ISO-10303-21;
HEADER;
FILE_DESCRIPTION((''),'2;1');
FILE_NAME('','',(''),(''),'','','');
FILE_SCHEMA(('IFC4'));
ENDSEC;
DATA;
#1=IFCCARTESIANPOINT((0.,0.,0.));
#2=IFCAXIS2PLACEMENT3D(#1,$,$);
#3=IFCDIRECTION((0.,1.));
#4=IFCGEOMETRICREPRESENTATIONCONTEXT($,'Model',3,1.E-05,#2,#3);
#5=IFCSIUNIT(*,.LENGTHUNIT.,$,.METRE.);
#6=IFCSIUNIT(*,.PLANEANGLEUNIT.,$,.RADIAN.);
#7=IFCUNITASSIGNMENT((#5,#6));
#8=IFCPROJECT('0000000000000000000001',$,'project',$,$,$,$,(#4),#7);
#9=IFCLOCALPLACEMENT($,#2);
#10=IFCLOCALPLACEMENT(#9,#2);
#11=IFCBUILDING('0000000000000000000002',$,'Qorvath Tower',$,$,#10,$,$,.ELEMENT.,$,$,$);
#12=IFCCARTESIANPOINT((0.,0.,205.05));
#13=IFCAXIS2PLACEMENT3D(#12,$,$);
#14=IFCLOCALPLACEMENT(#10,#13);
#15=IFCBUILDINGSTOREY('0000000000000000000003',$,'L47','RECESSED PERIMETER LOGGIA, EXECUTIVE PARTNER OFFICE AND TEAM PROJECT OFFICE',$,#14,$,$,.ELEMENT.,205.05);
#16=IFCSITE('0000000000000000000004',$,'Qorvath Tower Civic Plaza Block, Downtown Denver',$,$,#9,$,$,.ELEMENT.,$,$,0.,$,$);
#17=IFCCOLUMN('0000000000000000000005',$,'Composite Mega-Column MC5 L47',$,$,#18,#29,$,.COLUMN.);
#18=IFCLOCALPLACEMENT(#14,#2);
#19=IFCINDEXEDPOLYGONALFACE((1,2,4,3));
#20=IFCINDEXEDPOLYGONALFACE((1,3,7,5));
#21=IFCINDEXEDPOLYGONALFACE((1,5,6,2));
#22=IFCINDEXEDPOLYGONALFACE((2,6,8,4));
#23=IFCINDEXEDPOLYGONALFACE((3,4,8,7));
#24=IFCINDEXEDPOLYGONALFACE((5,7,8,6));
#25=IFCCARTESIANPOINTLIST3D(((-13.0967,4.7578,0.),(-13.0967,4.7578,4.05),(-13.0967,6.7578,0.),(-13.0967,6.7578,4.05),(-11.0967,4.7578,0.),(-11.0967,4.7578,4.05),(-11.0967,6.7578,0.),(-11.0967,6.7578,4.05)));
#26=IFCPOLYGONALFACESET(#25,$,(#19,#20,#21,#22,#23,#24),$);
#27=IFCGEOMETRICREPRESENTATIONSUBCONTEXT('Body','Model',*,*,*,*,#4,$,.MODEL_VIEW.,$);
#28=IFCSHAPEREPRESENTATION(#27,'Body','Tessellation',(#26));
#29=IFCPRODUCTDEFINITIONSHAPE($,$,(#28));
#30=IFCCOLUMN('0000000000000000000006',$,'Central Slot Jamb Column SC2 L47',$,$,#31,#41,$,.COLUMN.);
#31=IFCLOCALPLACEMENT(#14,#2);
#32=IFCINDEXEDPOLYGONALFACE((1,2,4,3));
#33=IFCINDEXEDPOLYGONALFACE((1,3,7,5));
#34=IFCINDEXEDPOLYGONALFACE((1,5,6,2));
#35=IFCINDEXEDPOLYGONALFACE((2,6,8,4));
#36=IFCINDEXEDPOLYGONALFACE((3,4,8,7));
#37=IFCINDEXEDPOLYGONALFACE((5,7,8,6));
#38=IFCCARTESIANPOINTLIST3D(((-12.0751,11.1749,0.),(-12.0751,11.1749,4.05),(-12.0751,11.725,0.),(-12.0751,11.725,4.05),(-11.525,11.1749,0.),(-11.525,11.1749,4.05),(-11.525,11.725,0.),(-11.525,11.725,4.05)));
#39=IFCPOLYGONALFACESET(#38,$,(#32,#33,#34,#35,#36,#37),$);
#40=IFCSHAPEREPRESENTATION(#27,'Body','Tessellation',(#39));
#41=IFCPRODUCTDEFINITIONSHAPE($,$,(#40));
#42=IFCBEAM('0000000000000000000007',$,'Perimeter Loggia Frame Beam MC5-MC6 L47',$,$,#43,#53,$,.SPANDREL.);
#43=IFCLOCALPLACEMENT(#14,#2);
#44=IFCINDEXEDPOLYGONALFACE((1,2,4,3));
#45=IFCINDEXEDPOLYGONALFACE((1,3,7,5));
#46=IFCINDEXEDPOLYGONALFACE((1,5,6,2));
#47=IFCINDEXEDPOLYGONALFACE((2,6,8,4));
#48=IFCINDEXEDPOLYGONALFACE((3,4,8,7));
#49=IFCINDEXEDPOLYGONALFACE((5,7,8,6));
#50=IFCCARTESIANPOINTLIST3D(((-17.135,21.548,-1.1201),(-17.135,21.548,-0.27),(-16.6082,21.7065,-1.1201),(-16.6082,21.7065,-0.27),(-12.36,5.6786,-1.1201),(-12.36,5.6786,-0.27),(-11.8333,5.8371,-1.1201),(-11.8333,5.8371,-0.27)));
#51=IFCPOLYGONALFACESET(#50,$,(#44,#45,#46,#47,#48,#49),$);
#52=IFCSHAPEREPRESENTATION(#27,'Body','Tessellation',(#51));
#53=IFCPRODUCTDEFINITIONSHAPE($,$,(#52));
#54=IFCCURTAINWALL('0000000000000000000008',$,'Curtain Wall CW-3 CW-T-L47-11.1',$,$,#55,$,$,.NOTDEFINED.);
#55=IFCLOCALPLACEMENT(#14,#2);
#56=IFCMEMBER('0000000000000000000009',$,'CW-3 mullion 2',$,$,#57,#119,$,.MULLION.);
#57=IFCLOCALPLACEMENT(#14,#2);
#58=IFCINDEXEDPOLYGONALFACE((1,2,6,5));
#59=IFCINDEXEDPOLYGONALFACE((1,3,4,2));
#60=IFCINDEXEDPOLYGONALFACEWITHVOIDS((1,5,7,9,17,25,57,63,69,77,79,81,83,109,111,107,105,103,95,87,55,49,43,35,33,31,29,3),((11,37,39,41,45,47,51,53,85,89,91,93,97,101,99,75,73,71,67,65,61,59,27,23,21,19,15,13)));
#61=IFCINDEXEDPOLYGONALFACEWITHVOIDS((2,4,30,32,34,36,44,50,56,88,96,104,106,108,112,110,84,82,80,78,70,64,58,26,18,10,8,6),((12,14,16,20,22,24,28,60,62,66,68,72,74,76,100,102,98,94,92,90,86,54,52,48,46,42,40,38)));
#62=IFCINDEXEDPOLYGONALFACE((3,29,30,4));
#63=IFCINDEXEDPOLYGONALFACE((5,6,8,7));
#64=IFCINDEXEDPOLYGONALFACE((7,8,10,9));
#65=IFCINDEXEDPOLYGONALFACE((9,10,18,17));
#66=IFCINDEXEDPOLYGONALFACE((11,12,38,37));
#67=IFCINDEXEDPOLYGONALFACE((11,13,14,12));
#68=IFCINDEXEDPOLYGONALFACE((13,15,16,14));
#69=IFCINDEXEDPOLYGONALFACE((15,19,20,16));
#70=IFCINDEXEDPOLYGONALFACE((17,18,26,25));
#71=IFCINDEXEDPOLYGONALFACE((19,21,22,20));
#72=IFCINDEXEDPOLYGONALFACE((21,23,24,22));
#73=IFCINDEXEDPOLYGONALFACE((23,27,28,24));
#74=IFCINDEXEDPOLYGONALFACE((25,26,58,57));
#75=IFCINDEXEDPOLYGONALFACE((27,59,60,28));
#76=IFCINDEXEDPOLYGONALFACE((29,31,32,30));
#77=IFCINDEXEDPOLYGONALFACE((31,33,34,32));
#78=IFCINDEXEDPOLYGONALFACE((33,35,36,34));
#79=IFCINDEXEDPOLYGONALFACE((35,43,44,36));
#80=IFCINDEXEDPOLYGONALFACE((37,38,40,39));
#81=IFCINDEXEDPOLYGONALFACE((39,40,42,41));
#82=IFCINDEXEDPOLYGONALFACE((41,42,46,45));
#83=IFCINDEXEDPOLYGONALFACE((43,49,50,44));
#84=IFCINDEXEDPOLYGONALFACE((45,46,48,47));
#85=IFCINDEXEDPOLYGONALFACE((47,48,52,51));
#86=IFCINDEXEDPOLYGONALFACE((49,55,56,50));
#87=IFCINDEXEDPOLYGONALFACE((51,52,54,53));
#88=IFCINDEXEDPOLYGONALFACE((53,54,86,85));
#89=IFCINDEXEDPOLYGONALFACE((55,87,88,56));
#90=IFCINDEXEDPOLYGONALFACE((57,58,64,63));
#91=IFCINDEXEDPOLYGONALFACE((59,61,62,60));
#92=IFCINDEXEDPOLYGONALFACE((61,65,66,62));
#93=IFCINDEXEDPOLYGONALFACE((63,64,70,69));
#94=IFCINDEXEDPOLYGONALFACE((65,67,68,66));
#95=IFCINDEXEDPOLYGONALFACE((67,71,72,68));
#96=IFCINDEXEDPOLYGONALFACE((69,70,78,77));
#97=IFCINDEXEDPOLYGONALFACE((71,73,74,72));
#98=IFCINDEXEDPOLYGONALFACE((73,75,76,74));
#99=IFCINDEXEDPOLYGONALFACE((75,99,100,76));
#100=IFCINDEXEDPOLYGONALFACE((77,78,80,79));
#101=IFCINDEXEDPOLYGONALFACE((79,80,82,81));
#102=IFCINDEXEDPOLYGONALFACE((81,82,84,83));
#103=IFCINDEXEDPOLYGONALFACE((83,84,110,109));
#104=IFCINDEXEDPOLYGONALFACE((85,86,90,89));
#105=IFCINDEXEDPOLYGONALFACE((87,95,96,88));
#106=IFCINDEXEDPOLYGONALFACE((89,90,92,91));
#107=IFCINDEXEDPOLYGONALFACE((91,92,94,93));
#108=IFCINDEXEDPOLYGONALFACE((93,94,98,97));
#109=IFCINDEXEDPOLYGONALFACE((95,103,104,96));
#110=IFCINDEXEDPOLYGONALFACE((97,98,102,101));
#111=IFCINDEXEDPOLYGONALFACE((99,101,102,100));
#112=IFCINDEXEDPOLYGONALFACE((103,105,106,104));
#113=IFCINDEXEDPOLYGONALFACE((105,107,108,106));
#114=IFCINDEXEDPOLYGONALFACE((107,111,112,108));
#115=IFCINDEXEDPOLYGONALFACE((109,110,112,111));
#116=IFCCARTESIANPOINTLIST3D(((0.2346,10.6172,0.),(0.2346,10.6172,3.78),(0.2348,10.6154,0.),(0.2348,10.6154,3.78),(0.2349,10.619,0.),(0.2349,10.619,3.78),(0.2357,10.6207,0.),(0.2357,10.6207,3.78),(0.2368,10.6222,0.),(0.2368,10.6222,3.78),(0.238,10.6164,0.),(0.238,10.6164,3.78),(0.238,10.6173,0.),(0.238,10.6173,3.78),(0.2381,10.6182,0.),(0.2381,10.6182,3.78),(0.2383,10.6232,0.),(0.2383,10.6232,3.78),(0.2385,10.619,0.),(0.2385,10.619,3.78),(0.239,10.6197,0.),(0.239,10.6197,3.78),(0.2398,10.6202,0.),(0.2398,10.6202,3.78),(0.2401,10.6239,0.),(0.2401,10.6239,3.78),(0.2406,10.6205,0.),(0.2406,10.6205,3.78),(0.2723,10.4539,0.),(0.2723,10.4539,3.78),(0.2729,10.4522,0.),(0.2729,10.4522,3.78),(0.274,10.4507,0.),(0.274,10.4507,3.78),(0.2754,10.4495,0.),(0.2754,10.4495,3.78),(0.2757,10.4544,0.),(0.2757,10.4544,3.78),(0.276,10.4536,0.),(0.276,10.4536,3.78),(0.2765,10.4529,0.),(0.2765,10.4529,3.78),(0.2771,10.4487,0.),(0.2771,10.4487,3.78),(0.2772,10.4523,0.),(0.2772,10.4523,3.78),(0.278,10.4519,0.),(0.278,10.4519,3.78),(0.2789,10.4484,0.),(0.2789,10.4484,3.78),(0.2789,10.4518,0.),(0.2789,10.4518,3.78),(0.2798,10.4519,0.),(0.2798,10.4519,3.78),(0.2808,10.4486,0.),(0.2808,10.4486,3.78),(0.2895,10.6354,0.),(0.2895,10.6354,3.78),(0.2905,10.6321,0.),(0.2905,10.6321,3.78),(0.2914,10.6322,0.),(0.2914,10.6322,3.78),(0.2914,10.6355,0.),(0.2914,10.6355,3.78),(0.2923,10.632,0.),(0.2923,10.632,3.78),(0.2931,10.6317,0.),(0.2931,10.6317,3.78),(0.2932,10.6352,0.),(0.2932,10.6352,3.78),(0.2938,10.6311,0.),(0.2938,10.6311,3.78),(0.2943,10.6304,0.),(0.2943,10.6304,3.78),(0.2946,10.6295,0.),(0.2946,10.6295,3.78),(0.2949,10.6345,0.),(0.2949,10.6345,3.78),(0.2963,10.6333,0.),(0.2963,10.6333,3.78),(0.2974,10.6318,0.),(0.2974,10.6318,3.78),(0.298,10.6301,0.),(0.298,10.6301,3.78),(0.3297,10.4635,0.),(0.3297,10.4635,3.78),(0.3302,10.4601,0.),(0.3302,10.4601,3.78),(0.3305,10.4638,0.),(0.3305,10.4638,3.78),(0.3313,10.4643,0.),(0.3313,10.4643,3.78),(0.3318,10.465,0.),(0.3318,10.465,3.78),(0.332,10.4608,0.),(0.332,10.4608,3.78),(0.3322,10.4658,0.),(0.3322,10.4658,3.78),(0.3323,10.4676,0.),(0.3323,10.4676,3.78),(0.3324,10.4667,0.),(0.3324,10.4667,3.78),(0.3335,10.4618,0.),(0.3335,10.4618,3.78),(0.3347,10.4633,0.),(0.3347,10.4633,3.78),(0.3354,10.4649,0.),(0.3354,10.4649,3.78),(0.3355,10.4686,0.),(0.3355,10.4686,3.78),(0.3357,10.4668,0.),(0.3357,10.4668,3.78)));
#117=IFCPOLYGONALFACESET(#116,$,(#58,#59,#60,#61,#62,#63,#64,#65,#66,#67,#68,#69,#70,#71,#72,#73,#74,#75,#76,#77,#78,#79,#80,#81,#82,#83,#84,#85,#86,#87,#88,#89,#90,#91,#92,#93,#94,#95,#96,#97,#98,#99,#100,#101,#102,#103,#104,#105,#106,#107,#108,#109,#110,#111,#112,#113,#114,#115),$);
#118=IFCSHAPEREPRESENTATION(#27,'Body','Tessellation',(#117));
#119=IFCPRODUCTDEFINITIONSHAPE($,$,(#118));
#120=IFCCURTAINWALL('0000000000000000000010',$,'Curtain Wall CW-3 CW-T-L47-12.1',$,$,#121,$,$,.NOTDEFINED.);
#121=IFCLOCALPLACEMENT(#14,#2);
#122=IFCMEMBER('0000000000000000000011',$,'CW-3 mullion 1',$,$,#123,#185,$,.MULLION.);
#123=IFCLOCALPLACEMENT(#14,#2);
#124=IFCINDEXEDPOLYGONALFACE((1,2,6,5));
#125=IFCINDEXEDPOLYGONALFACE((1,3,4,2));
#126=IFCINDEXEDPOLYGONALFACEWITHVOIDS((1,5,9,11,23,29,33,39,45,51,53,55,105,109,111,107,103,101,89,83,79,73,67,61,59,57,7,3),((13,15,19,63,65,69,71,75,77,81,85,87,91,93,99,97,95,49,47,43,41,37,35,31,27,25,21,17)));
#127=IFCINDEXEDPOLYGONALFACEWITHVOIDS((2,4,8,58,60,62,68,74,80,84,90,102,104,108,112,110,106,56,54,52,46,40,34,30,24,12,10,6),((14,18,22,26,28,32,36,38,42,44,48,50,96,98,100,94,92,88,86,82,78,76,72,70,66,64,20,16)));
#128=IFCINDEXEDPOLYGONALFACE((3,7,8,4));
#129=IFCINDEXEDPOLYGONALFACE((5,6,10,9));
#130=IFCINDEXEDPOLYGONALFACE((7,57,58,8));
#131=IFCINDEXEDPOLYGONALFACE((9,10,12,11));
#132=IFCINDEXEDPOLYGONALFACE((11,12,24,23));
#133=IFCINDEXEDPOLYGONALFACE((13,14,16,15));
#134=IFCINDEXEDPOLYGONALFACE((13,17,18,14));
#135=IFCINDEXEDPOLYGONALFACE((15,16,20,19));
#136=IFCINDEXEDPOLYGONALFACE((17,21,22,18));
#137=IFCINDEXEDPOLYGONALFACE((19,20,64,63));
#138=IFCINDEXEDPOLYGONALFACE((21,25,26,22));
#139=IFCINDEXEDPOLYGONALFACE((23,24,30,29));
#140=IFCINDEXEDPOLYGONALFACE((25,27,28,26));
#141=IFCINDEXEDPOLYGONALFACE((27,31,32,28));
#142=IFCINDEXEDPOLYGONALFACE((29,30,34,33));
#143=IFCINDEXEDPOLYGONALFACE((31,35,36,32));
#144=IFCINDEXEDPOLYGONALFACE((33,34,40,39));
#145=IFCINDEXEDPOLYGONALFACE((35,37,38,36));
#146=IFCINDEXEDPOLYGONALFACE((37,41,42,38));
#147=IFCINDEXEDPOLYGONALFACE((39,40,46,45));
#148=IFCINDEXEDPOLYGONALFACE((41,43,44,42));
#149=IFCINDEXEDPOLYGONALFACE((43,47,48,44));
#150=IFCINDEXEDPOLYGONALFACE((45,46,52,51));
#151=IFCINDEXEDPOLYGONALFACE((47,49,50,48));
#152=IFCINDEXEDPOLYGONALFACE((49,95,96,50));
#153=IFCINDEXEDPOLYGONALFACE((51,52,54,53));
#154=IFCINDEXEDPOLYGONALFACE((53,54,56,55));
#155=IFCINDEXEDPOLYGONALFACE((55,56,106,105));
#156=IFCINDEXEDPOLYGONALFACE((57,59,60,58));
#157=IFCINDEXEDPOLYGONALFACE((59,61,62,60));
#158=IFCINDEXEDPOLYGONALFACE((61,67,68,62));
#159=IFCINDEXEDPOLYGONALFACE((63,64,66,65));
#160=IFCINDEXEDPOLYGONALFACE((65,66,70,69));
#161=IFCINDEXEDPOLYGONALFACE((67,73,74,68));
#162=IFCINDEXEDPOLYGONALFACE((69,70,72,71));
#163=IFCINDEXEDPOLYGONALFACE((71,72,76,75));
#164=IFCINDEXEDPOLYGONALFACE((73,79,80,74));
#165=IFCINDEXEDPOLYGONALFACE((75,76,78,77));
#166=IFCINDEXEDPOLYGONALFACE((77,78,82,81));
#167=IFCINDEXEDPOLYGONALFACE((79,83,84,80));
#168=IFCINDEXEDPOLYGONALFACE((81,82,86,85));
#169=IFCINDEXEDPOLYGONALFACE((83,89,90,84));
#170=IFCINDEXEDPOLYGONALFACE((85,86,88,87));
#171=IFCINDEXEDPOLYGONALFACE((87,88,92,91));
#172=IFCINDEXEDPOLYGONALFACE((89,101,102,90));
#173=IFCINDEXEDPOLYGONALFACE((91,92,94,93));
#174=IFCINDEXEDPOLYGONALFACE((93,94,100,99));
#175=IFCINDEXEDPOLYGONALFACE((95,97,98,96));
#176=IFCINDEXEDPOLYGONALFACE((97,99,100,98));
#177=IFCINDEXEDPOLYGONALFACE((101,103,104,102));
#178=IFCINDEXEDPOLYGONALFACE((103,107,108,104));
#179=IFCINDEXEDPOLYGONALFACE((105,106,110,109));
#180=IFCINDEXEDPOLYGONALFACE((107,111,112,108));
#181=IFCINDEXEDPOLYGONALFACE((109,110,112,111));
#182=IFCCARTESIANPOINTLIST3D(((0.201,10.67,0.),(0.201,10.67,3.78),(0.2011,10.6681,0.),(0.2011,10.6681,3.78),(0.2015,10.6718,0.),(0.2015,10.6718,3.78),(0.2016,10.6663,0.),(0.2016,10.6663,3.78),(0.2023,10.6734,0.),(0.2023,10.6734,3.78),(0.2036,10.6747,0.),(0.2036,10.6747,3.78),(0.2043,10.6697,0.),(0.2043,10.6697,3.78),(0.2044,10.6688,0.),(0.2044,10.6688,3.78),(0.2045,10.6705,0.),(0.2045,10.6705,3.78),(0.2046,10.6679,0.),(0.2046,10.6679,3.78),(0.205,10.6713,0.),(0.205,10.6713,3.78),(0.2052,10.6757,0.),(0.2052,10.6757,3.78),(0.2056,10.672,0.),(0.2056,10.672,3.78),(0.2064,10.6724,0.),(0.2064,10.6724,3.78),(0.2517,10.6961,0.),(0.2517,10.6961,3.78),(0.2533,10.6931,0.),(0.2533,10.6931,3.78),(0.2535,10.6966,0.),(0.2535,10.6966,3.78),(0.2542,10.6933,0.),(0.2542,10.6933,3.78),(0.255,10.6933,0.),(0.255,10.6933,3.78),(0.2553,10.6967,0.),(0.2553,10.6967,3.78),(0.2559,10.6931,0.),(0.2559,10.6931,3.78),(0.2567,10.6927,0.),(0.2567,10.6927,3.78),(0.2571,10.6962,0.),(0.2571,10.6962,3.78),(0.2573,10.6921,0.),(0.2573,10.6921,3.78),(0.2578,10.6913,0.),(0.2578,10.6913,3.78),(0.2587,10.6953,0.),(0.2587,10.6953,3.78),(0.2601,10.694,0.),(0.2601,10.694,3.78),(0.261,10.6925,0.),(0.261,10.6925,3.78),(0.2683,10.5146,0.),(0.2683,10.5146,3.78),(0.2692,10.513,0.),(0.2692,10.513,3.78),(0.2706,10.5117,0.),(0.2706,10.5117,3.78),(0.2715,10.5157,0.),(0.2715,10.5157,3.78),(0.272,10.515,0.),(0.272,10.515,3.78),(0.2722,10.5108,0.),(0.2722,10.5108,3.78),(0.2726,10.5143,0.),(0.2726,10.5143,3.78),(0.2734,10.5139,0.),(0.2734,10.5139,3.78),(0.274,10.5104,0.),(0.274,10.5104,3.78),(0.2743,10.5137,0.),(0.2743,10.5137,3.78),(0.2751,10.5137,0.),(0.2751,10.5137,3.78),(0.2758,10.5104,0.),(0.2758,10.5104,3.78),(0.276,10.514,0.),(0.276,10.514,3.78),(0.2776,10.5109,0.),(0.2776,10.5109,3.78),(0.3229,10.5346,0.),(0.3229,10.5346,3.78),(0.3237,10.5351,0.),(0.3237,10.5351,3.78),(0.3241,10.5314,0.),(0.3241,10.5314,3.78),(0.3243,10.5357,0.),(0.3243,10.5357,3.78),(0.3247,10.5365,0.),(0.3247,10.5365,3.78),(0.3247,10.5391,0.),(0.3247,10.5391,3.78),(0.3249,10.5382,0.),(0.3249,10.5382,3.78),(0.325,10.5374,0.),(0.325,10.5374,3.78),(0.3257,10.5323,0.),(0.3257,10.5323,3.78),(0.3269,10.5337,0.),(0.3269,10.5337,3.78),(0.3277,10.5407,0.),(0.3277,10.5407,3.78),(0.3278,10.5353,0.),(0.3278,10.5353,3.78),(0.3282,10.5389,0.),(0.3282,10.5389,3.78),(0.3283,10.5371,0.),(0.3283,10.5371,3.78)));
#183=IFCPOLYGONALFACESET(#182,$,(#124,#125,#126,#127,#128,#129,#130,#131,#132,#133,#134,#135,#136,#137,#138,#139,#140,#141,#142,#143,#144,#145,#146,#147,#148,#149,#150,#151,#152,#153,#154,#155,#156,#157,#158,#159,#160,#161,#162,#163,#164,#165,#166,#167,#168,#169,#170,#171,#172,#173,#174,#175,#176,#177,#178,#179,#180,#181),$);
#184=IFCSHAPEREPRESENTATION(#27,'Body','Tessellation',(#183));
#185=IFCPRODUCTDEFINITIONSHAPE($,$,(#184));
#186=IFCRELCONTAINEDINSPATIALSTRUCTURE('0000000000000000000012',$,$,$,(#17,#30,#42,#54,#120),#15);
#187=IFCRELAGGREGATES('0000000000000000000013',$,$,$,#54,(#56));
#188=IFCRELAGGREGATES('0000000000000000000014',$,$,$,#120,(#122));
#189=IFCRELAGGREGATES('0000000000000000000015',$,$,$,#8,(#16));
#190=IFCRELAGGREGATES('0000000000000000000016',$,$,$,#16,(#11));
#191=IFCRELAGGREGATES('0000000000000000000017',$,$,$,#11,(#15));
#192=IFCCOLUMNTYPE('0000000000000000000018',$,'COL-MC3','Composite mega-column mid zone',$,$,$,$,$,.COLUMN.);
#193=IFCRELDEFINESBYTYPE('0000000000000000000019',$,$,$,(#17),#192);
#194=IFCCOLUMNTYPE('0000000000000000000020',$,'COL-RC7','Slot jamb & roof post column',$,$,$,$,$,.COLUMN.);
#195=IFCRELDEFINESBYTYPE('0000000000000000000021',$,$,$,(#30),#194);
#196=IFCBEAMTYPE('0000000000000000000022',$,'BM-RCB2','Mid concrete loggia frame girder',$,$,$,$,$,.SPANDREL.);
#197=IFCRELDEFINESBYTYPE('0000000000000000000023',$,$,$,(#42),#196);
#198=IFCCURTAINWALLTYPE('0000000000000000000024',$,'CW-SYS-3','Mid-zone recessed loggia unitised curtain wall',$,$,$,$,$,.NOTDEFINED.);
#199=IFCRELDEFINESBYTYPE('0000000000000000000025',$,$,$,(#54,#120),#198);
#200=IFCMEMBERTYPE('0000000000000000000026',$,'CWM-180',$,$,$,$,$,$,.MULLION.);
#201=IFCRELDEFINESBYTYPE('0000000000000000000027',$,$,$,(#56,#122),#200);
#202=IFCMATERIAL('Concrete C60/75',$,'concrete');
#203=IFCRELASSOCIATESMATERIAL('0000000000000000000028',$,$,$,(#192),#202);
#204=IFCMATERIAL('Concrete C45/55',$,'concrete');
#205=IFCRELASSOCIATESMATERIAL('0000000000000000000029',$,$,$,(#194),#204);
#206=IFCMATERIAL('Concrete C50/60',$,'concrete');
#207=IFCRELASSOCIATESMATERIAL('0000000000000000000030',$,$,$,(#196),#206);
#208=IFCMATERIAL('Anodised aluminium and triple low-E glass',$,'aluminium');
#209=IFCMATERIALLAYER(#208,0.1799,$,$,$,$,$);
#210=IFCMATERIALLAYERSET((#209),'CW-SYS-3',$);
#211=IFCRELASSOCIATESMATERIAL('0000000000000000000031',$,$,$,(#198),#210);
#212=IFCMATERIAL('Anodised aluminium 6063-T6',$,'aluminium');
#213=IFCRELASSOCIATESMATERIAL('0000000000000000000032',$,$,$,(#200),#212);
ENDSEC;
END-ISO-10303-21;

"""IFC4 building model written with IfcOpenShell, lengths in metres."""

from ifc_helpers import new_model, si_unit, direction, frame, origin, origin_2d, place, context, subcontext, project, spatial, rectangle, hollow_rectangle, extrude, material, layer, layer_set, material_profile, profile_set, type_object, element, aggregate, save


model = new_model("IFC4")

# Units and contexts
model_context = context("Model", 3, precision=1e-05, world=origin(), true_north=direction((0.0, 1.0)))
body_context = subcontext(model_context, "Body", "Model", "MODEL_VIEW")
ifc_project = project(units=[si_unit("LENGTHUNIT", "METRE"), si_unit("PLANEANGLEUNIT", "RADIAN")], contexts=[model_context])

# Site, building, storey
site_placement = place(None, origin())
site = spatial("IfcSite", under=ifc_project, at=site_placement, Name="Qorvath Tower Civic Plaza Block, Downtown Denver", CompositionType="ELEMENT", RefElevation=0.0)
building_placement = place(site_placement, origin())
building = spatial("IfcBuilding", under=site, at=building_placement, Name="Qorvath Tower", CompositionType="ELEMENT")
storey_placement = place(building_placement, frame((0.0, 0.0, 205.05)))
storey = spatial("IfcBuildingStorey", under=building, at=storey_placement, Name="L47", Description="RECESSED PERIMETER LOGGIA, EXECUTIVE PARTNER OFFICE AND TEAM PROJECT OFFICE", CompositionType="ELEMENT", Elevation=205.05)

# Columns
ifc_material_1 = material(Name="Concrete C60/75", Category="concrete")
ifc_material_profile_1 = material_profile(ifc_material_1, rectangle(XDim=2.0, YDim=2.0, at=origin_2d()), Name="MC 2000x2000")
ifc_profile_set_1 = profile_set([ifc_material_profile_1], Name="Concrete C60/75")
column_type_1 = type_object("IfcColumnType", Name="COL-MC3", Description="Composite mega-column mid zone", PredefinedType="COLUMN", material=ifc_profile_set_1)
column_1_placement = place(storey_placement, frame((-12.0967, 5.7578, 0.0), z_axis=(0.0, 0.0, 1.0), x_axis=(1.0, 0.0, 0.0)))
element("IfcColumn", 1, at=column_1_placement, inside=storey, type_object=column_type_1, Name="Composite Mega-Column MC5 L47", PredefinedType="COLUMN", context=body_context, shape_type="SweptSolid", body=[
    extrude(rectangle(XDim=2.0, YDim=2.0, at=origin_2d()), origin(), (0.0, 0.0, 1.0), 4.05),
])
ifc_material_2 = material(Name="Concrete C45/55", Category="concrete")
ifc_material_profile_2 = material_profile(ifc_material_2, rectangle(XDim=0.55, YDim=0.55, at=origin_2d()), Name="RC 550x550")
ifc_profile_set_2 = profile_set([ifc_material_profile_2], Name="Concrete C45/55")
column_type_2 = type_object("IfcColumnType", Name="COL-RC7", Description="Slot jamb & roof post column", PredefinedType="COLUMN", material=ifc_profile_set_2)
column_2_placement = place(storey_placement, frame((-11.8, 11.45, 0.0), z_axis=(0.0, 0.0, 1.0), x_axis=(1.0, 0.0, 0.0)))
element("IfcColumn", 2, at=column_2_placement, inside=storey, type_object=column_type_2, Name="Central Slot Jamb Column SC2 L47", PredefinedType="COLUMN", context=body_context, shape_type="SweptSolid", body=[
    extrude(rectangle(XDim=0.55, YDim=0.55, at=origin_2d()), origin(), (0.0, 0.0, 1.0), 4.05),
])

# Beam
ifc_material_3 = material(Name="Concrete C50/60", Category="concrete")
ifc_material_profile_3 = material_profile(ifc_material_3, rectangle(XDim=0.55, YDim=0.8501, at=origin_2d()), Name="RCB 850x550")
ifc_profile_set_3 = profile_set([ifc_material_profile_3], Name="Concrete C50/60")
beam_type = type_object("IfcBeamType", Name="BM-RCB2", Description="Mid concrete loggia frame girder", PredefinedType="SPANDREL", material=ifc_profile_set_3)
beam_placement = place(storey_placement, frame((-12.0967, 5.7578, -0.6951), z_axis=(-0.288128, 0.957592, 0.0), x_axis=(-0.957592, -0.288128, 0.0)))
element("IfcBeam", 3, at=beam_placement, inside=storey, type_object=beam_type, Name="Perimeter Loggia Frame Beam MC5-MC6 L47", PredefinedType="SPANDREL", context=body_context, shape_type="SweptSolid", body=[
    extrude(rectangle(XDim=0.55, YDim=0.8501, at=origin_2d()), origin(), (0.0, 0.0, 1.0), 16.5723),
])

# Curtain wall, member
ifc_material_4 = material(Name="Anodised aluminium and triple low-E glass", Category="aluminium")
ifc_layer_1 = layer(ifc_material_4, 0.1799)
ifc_layer_set_1 = layer_set([ifc_layer_1], Name="CW-SYS-3")
curtain_wall_type = type_object("IfcCurtainWallType", Name="CW-SYS-3", Description="Mid-zone recessed loggia unitised curtain wall", PredefinedType="NOTDEFINED", material=ifc_layer_set_1)
curtain_wall_1_placement = place(storey_placement, origin())
curtain_wall_1 = element("IfcCurtainWall", 4, at=curtain_wall_1_placement, inside=storey, type_object=curtain_wall_type, Name="Curtain Wall CW-3 CW-T-L47-11.1", PredefinedType="NOTDEFINED")
ifc_material_5 = material(Name="Anodised aluminium 6063-T6", Category="aluminium")
ifc_material_profile_4 = material_profile(ifc_material_5, hollow_rectangle(XDim=0.0649, YDim=0.1799, WallThickness=0.0034, InnerFilletRadius=0.0034, OuterFilletRadius=0.0071, at=origin_2d()), Name="CWM 180x65")
ifc_profile_set_4 = profile_set([ifc_material_profile_4], Name="Anodised aluminium 6063-T6")
member_type_1 = type_object("IfcMemberType", Name="CWM-180", PredefinedType="MULLION", material=ifc_profile_set_4)
member_1_placement = place(storey_placement, frame((0.2852, 10.542, 0.0), z_axis=(0.0, 0.0, 1.0), x_axis=(-0.974064, -0.226272, 0.0)))
member_1 = element("IfcMember", 5, at=member_1_placement, type_object=member_type_1, Name="CW-3 mullion 2", PredefinedType="MULLION", context=body_context, shape_type="SweptSolid", body=[
    extrude(hollow_rectangle(XDim=0.0649, YDim=0.1799, WallThickness=0.0034, InnerFilletRadius=0.0034, OuterFilletRadius=0.0071, at=origin_2d()), origin(), (0.0, 0.0, 1.0), 3.78),
])

# Curtain wall, member
curtain_wall_2_placement = place(storey_placement, origin())
curtain_wall_2 = element("IfcCurtainWall", 6, at=curtain_wall_2_placement, inside=storey, type_object=curtain_wall_type, Name="Curtain Wall CW-3 CW-T-L47-12.1", PredefinedType="NOTDEFINED")
member_2_placement = place(storey_placement, frame((0.2646, 10.6035, 0.0), z_axis=(0.0, 0.0, 1.0), x_axis=(-0.915499, -0.402321, 0.0)))
member_2 = element("IfcMember", 7, at=member_2_placement, type_object=member_type_1, Name="CW-3 mullion 1", PredefinedType="MULLION", context=body_context, shape_type="SweptSolid", body=[
    extrude(hollow_rectangle(XDim=0.0649, YDim=0.1799, WallThickness=0.0034, InnerFilletRadius=0.0034, OuterFilletRadius=0.0071, at=origin_2d()), origin(), (0.0, 0.0, 1.0), 3.78),
])

aggregate(curtain_wall_1, [member_1])
aggregate(curtain_wall_2, [member_2])

save(model, "model.ifc")
